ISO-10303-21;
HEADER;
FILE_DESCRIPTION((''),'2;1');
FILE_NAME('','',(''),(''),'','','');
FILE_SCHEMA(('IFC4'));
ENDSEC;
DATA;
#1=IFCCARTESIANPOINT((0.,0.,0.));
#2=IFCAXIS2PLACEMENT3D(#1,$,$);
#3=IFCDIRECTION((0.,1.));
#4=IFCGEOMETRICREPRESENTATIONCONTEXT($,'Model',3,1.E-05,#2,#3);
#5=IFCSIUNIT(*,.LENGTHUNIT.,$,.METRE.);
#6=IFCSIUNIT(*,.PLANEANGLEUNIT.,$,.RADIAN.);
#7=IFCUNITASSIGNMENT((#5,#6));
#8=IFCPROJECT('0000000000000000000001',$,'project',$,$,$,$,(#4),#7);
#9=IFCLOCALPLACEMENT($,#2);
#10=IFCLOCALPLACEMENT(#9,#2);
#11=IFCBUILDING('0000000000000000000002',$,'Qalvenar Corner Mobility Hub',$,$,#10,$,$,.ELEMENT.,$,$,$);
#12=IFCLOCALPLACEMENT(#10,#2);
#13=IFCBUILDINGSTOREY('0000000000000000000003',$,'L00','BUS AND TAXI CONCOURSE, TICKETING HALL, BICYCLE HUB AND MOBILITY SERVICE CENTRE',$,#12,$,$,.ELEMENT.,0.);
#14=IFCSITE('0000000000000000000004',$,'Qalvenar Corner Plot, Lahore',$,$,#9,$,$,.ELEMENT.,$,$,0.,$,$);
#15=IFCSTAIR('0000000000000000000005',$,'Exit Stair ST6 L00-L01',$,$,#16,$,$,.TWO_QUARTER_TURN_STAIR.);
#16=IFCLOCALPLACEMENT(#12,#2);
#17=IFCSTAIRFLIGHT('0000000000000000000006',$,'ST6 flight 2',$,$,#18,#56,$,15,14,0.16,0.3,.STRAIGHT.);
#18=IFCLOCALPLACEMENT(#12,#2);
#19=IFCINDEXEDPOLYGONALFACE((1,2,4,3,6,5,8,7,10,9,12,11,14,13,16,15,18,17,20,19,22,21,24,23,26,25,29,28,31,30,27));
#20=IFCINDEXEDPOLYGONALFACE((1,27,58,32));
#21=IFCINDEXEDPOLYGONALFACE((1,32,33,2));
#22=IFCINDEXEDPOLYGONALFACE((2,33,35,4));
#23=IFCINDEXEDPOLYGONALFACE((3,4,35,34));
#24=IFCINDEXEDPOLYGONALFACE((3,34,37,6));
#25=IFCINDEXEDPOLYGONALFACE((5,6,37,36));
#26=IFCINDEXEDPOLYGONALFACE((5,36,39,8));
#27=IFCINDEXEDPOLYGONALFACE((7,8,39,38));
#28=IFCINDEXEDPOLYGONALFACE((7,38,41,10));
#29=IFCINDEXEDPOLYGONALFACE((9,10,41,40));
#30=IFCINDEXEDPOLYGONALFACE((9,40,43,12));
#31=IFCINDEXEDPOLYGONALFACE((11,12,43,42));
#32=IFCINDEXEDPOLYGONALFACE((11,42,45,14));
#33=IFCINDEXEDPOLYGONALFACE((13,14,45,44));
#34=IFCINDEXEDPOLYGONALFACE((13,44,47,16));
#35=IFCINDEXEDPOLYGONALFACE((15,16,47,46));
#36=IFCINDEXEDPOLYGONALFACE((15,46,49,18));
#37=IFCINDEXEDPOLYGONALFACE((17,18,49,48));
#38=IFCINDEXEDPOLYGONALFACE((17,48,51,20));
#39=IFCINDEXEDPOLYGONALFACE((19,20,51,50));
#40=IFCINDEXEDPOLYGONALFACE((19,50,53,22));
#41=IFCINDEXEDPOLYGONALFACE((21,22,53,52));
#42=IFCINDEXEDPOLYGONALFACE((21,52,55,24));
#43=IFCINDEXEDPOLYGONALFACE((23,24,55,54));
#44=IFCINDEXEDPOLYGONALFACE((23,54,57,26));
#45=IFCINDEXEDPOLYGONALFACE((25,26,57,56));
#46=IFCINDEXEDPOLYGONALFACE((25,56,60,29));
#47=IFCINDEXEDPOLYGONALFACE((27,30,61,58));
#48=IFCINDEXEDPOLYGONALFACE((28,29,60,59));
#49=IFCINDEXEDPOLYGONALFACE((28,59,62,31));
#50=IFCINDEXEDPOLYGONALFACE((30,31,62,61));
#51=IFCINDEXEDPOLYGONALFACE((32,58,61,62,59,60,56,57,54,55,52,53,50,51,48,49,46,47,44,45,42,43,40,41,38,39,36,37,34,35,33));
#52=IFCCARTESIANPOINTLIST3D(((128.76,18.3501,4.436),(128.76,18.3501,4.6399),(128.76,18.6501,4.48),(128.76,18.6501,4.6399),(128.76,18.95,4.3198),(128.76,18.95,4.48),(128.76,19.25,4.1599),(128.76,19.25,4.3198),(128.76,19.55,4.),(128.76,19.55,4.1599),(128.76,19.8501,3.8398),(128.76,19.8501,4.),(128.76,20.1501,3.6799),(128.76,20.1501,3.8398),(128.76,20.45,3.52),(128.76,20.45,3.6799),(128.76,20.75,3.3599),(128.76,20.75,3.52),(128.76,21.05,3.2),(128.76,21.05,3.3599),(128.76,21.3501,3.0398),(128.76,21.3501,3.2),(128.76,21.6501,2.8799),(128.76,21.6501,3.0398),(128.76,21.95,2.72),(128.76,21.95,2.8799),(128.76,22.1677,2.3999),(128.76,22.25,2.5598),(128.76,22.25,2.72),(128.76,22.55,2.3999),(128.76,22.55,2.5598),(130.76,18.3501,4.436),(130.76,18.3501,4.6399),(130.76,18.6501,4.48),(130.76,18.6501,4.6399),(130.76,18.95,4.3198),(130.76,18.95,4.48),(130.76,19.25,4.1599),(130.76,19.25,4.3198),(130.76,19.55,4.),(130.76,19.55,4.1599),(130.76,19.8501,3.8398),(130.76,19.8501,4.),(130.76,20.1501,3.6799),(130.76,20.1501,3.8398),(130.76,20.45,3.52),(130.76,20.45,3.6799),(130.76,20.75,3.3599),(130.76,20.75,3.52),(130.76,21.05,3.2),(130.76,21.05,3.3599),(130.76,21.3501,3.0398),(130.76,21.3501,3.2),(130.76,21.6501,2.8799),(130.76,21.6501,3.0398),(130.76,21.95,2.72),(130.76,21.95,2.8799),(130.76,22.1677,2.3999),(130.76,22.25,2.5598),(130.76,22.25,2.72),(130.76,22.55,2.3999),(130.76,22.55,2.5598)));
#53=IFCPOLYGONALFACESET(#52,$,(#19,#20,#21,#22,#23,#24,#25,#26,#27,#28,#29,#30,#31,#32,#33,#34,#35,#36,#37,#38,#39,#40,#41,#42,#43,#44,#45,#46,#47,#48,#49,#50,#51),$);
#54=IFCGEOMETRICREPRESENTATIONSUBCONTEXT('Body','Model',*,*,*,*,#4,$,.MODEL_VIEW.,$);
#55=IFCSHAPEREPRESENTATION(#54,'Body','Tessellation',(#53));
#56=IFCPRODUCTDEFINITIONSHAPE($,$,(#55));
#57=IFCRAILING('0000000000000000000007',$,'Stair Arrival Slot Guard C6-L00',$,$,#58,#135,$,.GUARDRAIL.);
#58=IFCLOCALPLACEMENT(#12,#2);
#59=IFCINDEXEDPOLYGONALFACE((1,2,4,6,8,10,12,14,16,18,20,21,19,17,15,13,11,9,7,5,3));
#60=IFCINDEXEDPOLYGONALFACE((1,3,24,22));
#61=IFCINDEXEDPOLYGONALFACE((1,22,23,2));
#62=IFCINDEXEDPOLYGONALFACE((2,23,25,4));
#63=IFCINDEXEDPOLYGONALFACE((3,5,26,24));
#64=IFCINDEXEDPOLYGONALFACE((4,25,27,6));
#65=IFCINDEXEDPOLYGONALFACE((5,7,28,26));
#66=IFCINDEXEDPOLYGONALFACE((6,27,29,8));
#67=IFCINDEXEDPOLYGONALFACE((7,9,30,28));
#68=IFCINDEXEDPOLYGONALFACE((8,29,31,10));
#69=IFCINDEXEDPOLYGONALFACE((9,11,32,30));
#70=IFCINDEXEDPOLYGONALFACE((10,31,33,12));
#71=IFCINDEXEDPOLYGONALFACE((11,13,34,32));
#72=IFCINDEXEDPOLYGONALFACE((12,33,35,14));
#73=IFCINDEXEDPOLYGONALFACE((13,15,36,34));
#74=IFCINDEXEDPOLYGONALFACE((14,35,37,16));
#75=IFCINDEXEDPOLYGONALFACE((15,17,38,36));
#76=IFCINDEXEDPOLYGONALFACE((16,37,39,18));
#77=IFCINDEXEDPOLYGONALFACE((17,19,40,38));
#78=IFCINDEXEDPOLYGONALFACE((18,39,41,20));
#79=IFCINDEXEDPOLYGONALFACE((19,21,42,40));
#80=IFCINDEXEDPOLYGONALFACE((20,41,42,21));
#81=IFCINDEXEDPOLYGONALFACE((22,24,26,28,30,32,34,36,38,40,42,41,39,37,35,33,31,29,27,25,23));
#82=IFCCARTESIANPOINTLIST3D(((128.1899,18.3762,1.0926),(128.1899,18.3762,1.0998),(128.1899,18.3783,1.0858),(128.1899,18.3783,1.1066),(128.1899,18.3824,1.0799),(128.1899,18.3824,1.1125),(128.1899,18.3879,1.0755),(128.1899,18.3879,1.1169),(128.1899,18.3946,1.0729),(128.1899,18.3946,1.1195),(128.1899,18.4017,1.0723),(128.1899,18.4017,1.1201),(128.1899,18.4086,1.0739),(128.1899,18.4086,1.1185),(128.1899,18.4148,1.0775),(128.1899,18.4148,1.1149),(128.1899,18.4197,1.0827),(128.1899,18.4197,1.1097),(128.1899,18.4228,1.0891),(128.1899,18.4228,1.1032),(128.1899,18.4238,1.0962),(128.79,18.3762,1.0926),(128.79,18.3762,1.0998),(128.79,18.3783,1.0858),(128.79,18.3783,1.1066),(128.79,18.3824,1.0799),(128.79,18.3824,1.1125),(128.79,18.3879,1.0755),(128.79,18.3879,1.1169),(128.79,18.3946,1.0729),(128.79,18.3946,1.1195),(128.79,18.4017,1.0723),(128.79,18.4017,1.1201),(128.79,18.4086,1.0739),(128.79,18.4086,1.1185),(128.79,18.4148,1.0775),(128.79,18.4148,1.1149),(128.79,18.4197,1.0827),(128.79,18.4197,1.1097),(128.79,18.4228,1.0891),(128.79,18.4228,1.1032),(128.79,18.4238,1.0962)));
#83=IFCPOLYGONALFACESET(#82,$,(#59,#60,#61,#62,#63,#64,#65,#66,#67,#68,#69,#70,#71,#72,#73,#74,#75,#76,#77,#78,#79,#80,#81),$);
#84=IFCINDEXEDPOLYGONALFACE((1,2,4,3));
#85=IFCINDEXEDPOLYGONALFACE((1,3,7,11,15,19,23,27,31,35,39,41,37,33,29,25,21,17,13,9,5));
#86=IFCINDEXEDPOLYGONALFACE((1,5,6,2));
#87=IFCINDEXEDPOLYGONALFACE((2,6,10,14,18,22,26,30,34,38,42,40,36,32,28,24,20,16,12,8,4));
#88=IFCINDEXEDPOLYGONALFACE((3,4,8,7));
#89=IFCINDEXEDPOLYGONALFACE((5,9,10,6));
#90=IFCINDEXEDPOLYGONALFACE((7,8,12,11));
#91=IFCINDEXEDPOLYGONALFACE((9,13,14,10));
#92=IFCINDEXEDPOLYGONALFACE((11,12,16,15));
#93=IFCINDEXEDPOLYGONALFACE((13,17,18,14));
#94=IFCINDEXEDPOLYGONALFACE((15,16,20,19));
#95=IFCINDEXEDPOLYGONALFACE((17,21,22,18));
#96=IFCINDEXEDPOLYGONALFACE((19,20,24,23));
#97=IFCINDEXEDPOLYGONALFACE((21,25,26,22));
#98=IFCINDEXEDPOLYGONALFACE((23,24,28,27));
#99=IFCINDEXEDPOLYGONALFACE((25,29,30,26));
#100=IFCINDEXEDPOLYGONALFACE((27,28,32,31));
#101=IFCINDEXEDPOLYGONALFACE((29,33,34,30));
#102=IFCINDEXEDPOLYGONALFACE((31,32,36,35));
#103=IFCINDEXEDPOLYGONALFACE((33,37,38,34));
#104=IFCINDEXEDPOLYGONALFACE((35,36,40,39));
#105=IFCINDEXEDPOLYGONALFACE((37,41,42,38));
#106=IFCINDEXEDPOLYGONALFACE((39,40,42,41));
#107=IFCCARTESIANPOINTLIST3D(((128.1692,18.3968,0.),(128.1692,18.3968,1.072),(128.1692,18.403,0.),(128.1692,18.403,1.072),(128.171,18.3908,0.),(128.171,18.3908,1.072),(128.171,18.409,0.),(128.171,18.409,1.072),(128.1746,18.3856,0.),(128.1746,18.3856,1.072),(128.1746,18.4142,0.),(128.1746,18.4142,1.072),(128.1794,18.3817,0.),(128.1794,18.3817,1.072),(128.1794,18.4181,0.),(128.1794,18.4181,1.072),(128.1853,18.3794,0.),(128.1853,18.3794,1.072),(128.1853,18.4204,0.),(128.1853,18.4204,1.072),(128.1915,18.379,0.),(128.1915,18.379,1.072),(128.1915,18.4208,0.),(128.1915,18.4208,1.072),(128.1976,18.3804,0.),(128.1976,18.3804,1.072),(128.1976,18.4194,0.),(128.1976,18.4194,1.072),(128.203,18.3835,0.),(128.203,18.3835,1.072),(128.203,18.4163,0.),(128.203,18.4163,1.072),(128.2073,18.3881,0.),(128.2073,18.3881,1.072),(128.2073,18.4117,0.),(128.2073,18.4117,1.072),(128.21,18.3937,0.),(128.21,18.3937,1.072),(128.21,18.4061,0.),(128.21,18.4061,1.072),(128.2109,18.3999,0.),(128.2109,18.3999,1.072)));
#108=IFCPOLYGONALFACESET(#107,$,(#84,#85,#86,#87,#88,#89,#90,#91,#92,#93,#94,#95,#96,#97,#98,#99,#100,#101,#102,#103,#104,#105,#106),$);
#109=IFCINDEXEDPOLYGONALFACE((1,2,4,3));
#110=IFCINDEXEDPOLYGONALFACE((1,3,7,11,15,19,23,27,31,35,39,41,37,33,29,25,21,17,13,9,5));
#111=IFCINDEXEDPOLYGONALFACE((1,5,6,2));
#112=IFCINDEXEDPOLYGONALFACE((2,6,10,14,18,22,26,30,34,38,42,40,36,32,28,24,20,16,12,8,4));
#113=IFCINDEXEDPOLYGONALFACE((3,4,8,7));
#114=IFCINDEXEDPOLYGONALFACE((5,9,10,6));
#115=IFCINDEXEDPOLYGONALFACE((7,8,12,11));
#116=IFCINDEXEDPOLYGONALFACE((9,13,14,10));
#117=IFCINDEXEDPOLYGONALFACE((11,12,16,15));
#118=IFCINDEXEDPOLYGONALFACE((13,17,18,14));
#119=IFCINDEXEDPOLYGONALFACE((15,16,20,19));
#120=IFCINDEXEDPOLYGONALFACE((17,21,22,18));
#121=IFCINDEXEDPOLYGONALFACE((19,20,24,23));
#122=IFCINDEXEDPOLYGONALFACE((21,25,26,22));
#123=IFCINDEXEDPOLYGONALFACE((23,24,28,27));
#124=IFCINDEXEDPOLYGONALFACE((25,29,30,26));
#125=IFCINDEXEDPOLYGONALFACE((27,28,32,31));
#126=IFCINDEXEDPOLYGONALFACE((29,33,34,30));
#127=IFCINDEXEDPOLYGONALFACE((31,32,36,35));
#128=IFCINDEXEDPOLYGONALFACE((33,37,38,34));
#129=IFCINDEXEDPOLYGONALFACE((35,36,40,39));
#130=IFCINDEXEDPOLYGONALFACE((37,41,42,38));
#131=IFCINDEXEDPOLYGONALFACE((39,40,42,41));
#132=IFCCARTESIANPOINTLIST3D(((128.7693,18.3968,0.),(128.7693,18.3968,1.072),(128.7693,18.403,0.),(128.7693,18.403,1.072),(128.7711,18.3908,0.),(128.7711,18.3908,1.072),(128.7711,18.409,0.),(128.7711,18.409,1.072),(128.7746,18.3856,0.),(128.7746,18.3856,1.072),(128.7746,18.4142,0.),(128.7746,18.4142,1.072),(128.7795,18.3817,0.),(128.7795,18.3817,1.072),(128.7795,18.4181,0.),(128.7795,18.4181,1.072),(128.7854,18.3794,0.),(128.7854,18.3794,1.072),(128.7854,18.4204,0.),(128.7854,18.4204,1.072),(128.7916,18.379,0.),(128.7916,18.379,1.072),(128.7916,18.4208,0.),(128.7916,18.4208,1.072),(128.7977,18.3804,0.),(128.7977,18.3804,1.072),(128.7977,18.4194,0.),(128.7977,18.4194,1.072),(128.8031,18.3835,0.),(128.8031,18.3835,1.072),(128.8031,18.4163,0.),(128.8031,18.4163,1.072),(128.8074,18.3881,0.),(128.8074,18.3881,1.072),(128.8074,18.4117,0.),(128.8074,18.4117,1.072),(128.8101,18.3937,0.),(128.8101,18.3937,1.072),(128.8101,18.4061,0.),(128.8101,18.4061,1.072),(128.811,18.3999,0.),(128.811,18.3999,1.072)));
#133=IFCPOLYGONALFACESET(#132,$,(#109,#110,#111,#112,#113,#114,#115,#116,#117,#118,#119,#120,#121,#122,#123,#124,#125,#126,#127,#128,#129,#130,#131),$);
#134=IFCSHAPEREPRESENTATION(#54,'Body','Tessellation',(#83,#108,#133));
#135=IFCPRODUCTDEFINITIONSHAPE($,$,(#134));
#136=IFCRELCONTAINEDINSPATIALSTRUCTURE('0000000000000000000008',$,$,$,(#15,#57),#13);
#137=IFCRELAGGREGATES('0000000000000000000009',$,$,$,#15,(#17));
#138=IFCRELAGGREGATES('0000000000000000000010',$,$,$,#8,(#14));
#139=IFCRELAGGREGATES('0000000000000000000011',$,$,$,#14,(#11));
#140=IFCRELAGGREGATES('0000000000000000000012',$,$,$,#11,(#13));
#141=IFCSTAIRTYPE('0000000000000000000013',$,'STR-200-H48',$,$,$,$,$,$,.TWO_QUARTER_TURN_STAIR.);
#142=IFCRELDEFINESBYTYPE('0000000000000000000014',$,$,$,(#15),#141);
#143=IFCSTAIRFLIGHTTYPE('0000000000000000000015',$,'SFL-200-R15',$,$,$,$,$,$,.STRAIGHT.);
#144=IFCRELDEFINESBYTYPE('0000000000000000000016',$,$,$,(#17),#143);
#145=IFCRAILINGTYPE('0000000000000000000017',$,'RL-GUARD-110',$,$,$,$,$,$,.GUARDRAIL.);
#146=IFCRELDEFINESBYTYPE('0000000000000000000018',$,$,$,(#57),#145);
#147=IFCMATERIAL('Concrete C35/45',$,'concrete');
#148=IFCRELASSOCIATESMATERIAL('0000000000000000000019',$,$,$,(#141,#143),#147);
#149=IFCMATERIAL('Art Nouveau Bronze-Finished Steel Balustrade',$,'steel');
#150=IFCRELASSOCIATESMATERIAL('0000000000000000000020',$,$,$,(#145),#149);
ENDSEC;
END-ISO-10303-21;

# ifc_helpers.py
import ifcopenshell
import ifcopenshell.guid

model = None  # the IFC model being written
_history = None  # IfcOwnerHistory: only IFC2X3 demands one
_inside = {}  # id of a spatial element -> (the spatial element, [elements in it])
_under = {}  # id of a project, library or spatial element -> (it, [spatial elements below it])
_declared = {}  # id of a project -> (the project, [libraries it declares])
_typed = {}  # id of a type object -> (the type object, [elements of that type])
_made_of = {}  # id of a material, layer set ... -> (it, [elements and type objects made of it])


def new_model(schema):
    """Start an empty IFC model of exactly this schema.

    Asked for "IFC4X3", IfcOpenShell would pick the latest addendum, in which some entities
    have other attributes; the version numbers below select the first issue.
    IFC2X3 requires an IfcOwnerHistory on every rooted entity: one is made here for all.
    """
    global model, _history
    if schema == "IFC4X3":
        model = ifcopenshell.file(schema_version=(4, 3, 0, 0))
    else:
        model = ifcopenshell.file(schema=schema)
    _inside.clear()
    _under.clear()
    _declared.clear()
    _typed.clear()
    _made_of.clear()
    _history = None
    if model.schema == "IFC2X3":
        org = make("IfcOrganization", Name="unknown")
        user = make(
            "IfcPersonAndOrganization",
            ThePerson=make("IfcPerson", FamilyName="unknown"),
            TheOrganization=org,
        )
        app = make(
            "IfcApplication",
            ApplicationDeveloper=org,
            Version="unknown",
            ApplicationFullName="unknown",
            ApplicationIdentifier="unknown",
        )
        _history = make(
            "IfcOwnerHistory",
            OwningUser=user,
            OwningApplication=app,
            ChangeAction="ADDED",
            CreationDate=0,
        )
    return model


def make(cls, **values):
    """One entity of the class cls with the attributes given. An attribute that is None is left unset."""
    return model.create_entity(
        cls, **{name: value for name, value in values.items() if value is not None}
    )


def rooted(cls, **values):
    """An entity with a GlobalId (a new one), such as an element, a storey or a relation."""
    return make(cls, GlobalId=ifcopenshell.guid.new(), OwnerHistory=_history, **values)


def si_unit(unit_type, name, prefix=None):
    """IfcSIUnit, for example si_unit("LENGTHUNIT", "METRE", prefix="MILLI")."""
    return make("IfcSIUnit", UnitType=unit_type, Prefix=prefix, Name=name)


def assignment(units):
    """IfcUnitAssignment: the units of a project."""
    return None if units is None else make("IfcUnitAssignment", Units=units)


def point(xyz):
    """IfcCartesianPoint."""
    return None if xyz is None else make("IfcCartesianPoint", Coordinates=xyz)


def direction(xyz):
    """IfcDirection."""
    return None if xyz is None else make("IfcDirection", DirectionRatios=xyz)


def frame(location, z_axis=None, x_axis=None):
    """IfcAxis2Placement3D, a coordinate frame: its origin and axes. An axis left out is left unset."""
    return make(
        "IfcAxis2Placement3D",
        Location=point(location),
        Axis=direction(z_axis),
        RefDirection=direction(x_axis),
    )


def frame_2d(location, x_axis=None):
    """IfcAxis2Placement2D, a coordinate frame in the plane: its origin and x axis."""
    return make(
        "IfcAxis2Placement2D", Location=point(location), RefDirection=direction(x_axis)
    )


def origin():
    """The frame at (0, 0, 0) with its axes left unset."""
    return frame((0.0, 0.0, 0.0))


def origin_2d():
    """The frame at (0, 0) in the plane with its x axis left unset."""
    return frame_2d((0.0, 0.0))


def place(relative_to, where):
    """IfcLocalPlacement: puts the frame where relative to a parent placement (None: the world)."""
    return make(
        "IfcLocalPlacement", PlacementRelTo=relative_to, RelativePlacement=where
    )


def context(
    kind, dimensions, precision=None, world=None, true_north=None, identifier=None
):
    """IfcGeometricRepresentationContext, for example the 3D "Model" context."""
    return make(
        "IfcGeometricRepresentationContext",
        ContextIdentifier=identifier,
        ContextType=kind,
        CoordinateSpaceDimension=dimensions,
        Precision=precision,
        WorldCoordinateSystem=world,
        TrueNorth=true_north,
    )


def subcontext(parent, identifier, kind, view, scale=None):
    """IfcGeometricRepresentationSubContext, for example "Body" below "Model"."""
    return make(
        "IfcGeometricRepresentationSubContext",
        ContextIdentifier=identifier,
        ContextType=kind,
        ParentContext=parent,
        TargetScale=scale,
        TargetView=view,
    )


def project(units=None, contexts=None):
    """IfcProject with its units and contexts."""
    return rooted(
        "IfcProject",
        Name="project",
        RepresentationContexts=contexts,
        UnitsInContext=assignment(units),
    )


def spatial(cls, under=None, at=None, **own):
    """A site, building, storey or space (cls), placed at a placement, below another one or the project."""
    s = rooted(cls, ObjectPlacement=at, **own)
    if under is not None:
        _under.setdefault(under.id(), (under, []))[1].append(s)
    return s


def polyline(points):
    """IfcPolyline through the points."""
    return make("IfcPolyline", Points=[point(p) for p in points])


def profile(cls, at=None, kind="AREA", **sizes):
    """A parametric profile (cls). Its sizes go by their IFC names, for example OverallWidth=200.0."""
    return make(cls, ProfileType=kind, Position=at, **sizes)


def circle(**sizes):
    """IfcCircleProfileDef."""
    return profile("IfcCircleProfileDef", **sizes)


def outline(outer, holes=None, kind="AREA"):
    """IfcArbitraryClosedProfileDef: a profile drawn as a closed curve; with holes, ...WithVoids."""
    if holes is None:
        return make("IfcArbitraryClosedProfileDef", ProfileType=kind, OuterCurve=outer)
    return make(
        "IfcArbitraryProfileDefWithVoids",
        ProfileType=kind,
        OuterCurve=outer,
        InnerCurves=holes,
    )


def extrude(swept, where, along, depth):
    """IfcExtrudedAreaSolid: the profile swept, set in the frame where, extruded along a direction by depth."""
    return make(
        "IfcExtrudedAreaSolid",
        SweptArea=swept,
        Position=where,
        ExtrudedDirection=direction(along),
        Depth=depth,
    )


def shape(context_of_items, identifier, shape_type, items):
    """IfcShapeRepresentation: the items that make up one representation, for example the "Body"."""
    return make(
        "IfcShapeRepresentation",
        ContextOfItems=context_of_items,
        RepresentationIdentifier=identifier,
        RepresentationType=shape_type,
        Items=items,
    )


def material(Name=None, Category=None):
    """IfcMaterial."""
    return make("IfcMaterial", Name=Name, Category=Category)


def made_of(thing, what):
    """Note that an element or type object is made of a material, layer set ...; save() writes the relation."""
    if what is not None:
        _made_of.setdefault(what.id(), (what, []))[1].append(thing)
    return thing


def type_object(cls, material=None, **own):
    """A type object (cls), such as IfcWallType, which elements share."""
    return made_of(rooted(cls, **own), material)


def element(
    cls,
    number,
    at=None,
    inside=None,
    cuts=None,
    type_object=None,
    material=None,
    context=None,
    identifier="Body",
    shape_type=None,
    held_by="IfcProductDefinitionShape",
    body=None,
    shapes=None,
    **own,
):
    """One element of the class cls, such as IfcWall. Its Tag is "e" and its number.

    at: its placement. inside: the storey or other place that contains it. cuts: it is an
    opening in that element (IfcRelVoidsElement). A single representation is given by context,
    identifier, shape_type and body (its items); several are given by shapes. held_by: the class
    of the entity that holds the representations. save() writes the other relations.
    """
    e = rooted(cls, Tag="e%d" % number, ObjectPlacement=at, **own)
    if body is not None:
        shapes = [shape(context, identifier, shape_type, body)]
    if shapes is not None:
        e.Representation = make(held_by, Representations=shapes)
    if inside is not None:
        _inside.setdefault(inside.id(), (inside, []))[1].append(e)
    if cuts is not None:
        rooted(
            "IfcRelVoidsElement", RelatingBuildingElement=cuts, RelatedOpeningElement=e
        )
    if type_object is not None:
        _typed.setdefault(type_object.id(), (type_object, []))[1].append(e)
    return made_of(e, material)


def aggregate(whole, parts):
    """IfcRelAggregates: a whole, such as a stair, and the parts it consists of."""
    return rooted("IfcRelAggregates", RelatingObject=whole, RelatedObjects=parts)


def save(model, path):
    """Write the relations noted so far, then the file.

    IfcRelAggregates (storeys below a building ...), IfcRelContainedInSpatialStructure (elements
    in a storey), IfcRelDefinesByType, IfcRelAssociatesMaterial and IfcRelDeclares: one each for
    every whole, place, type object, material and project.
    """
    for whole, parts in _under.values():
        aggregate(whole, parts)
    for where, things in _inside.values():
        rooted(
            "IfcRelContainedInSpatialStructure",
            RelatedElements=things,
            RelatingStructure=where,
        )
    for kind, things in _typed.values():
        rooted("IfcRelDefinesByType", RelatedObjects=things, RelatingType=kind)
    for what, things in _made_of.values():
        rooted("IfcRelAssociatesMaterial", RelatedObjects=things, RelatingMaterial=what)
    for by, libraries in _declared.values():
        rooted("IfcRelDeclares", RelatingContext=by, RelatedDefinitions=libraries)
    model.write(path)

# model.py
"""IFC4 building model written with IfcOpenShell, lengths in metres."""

from ifc_helpers import new_model, si_unit, direction, frame, origin, origin_2d, place, context, subcontext, project, spatial, polyline, circle, outline, extrude, material, type_object, element, aggregate, save


model = new_model("IFC4")

# Units and contexts
model_context = context("Model", 3, precision=1e-05, world=origin(), true_north=direction((0.0, 1.0)))
body_context = subcontext(model_context, "Body", "Model", "MODEL_VIEW")
ifc_project = project(units=[si_unit("LENGTHUNIT", "METRE"), si_unit("PLANEANGLEUNIT", "RADIAN")], contexts=[model_context])

# Site, building, storey
site_placement = place(None, origin())
site = spatial("IfcSite", under=ifc_project, at=site_placement, Name="Qalvenar Corner Plot, Lahore", CompositionType="ELEMENT", RefElevation=0.0)
building_placement = place(site_placement, origin())
building = spatial("IfcBuilding", under=site, at=building_placement, Name="Qalvenar Corner Mobility Hub", CompositionType="ELEMENT")
storey_placement = place(building_placement, origin())
storey = spatial("IfcBuildingStorey", under=building, at=storey_placement, Name="L00", Description="BUS AND TAXI CONCOURSE, TICKETING HALL, BICYCLE HUB AND MOBILITY SERVICE CENTRE", CompositionType="ELEMENT", Elevation=0.0)

# Stair, stair flight
ifc_material_1 = material(Name="Concrete C35/45", Category="concrete")
stair_type = type_object("IfcStairType", Name="STR-200-H48", PredefinedType="TWO_QUARTER_TURN_STAIR", material=ifc_material_1)
stair_placement = place(storey_placement, origin())
stair = element("IfcStair", 1, at=stair_placement, inside=storey, type_object=stair_type, Name="Exit Stair ST6 L00-L01", PredefinedType="TWO_QUARTER_TURN_STAIR")
stair_flight_type = type_object("IfcStairFlightType", Name="SFL-200-R15", PredefinedType="STRAIGHT", material=ifc_material_1)
stair_flight_1_placement = place(storey_placement, frame((129.76, 22.55, 2.3999), z_axis=(0.0, 0.0, 1.0), x_axis=(0.0, -1.0, 0.0)))
stair_flight_1 = element("IfcStairFlight", 2, at=stair_flight_1_placement, type_object=stair_flight_type, Name="ST6 flight 2", NumberOfRisers=15, NumberOfTreads=14, PredefinedType="STRAIGHT", RiserHeight=0.16, TreadLength=0.3, context=body_context, shape_type="SweptSolid", body=[
    extrude(outline(polyline([(0.0, 0.0), (0.0, 0.1599), (0.3, 0.1599), (0.3, 0.3201), (0.6001, 0.3201), (0.6001, 0.48), (0.8999, 0.48), (0.8999, 0.6399), (1.2, 0.6399), (1.2, 0.8), (1.5, 0.8), (1.5, 0.96), (1.8, 0.96), (1.8, 1.1201), (2.1001, 1.1201), (2.1001, 1.28), (2.3999, 1.28), (2.3999, 1.4399), (2.7, 1.4399), (2.7, 1.6001), (3.0, 1.6001), (3.0, 1.76), (3.3, 1.76), (3.3, 1.9199), (3.6001, 1.9199), (3.6001, 2.0801), (3.8999, 2.0801), (3.8999, 2.24), (4.2, 2.24), (4.2, 2.3999), (4.2, 2.0361), (0.3823, 0.0), (0.0, 0.0)])), frame((0.0, 1.0, 0.0), z_axis=(0.0, -1.0, 0.0), x_axis=(1.0, 0.0, 0.0)), (0.0, 0.0, 1.0), 2.0),
])
aggregate(stair, [stair_flight_1])

# Railing
ifc_material_2 = material(Name="Art Nouveau Bronze-Finished Steel Balustrade", Category="steel")
railing_type_1 = type_object("IfcRailingType", Name="RL-GUARD-110", PredefinedType="GUARDRAIL", material=ifc_material_2)
for number, where, name in (
    (3, (128.1899, 18.3999, 0.0), "Stair Arrival Slot Guard C6-L00"),
):
    element("IfcRailing", number, at=place(storey_placement, frame(where)), inside=storey, type_object=railing_type_1, Name=name, PredefinedType="GUARDRAIL", context=body_context, shape_type="SweptSolid", body=[
        extrude(circle(Radius=0.0239, at=origin_2d()), frame((0.0, 0.0, 1.0962), z_axis=(1.0, 0.0, 0.0), x_axis=(0.0, 1.0, 0.0)), (0.0, 0.0, 1.0), 0.6001),
        extrude(circle(Radius=0.021, at=origin_2d()), origin(), (0.0, 0.0, 1.0), 1.072),
        extrude(circle(Radius=0.021, at=origin_2d()), frame((0.6001, 0.0, 0.0)), (0.0, 0.0, 1.0), 1.072),
    ])

save(model, "model.ifc")
